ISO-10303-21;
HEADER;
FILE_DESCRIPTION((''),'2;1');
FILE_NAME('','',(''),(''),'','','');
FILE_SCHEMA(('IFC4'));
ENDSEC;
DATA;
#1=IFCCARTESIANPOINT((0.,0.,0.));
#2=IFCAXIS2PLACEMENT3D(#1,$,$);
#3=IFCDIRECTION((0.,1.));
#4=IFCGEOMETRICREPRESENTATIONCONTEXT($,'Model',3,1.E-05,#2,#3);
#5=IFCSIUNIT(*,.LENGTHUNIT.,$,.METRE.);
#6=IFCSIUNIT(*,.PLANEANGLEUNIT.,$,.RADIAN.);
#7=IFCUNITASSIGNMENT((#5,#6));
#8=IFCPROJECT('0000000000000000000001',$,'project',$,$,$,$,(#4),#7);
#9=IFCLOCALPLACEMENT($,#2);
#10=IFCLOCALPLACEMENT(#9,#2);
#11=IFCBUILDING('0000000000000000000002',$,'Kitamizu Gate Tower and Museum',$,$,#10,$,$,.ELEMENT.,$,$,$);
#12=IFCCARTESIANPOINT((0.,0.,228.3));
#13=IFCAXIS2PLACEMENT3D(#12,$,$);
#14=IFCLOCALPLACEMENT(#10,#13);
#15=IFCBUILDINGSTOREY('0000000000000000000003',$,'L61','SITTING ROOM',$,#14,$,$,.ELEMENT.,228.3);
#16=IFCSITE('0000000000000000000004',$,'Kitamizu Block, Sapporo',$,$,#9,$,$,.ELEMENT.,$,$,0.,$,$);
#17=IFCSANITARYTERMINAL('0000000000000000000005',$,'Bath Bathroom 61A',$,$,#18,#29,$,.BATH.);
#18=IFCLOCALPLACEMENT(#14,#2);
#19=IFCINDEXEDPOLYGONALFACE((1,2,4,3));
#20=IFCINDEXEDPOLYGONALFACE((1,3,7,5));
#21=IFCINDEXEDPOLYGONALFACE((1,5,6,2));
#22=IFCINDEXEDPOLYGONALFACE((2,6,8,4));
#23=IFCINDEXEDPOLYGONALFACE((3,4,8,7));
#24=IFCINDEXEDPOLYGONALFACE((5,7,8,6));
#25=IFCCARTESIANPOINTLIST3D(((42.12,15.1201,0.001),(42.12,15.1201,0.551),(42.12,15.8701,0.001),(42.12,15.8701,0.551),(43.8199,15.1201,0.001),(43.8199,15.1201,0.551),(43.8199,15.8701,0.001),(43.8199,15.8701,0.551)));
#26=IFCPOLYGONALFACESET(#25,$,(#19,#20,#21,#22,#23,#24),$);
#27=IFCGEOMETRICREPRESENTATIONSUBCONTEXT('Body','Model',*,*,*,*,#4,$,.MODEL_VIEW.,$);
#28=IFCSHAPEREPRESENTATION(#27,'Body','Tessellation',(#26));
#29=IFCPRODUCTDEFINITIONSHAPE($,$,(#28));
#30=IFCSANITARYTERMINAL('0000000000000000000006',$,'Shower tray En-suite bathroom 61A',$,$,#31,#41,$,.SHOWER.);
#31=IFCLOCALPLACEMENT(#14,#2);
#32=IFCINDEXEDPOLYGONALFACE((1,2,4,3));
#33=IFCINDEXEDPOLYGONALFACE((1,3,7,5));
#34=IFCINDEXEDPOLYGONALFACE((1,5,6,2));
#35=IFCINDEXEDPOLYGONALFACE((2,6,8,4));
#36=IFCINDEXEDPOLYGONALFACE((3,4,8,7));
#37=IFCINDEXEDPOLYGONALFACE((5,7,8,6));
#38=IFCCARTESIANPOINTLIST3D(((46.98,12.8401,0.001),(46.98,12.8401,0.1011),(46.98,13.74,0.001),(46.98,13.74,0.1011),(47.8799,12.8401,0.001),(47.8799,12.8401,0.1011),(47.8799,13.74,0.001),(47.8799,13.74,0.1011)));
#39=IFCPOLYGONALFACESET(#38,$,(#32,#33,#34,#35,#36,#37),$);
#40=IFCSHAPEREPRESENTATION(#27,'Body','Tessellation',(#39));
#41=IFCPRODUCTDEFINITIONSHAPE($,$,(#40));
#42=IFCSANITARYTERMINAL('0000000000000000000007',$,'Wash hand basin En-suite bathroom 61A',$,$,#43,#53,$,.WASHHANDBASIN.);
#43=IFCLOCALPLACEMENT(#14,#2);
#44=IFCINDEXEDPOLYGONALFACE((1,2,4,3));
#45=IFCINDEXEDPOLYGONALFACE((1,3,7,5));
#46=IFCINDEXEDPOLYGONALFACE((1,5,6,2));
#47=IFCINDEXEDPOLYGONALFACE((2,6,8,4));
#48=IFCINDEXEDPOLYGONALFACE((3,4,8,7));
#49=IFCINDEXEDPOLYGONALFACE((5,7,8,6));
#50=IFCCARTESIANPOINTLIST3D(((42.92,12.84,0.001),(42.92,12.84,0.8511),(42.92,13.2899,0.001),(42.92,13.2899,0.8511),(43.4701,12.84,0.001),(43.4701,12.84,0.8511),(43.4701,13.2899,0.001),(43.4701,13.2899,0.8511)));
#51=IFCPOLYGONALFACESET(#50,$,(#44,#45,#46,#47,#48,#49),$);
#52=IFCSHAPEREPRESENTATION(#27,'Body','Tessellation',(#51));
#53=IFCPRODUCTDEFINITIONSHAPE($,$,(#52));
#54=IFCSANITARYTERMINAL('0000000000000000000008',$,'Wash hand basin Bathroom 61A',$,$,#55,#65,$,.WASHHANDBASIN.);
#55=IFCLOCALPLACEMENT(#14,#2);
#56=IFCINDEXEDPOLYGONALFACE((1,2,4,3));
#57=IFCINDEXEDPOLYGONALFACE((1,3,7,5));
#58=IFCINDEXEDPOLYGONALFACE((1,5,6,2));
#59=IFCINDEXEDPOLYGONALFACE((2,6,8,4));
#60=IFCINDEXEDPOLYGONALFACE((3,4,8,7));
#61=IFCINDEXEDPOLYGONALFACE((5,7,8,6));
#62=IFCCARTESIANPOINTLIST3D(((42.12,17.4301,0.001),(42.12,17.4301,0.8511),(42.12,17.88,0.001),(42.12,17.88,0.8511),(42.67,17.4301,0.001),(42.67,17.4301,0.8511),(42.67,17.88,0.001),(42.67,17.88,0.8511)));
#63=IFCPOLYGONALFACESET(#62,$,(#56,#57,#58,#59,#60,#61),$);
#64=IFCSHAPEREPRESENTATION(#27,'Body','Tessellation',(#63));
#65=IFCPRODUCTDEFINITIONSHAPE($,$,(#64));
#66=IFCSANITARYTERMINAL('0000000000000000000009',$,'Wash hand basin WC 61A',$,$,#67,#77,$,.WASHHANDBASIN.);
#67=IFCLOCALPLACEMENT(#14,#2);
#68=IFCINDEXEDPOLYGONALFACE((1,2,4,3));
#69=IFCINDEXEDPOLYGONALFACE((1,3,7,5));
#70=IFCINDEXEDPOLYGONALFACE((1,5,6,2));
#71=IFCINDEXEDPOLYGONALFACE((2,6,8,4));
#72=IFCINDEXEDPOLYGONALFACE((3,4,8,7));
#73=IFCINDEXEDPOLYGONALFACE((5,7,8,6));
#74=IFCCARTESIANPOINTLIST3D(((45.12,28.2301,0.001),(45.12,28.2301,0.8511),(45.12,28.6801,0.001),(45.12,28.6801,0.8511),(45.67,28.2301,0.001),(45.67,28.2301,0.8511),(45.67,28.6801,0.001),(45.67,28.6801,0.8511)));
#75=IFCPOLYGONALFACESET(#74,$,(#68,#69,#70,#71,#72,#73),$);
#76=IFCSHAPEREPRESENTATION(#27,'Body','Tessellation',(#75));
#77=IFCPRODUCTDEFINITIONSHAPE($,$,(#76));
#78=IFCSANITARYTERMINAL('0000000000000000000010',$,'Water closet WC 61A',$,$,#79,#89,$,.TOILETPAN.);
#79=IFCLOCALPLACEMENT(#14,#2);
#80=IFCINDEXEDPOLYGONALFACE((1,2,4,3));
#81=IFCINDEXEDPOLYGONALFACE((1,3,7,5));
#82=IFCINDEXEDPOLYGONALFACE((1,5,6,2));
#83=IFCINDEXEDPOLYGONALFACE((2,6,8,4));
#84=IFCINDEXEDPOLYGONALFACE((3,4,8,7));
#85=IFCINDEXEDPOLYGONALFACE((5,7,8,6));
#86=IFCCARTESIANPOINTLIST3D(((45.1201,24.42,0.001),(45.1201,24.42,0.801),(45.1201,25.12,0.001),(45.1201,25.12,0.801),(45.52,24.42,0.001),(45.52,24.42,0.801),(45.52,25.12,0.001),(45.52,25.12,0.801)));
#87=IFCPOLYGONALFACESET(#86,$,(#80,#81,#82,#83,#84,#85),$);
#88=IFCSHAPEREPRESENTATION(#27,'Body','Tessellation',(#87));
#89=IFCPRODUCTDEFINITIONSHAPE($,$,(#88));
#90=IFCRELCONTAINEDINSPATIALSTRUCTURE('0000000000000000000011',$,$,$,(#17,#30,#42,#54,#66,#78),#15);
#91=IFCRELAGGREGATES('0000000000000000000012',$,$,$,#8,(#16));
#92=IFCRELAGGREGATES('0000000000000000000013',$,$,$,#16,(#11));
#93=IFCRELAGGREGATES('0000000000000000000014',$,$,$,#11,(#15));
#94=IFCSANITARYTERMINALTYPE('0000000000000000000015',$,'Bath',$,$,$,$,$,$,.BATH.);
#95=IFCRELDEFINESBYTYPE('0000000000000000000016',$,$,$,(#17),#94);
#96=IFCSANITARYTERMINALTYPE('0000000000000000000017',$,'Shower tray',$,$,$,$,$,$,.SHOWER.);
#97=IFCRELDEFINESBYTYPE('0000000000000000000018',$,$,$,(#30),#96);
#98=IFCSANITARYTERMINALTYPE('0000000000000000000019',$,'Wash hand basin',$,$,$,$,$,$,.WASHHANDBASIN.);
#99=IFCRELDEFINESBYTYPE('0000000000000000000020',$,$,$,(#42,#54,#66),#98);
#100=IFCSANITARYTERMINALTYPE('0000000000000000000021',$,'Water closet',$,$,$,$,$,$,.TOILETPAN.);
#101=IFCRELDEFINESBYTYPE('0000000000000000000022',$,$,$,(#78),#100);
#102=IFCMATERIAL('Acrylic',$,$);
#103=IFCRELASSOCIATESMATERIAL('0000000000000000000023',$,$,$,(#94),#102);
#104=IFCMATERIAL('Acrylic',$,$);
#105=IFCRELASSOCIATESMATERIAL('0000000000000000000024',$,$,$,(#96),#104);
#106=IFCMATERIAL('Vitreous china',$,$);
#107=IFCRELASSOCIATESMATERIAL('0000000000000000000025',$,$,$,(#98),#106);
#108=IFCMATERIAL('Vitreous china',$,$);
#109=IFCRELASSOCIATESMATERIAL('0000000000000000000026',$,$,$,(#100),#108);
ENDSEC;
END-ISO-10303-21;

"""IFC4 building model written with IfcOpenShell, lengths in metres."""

from ifc_helpers import new_model, si_unit, direction, frame, origin, origin_2d, place, context, subcontext, project, spatial, rectangle, extrude, material, type_object, element, save


model = new_model("IFC4")

# Units and contexts
model_context = context("Model", 3, precision=1e-05, world=origin(), true_north=direction((0.0, 1.0)))
body_context = subcontext(model_context, "Body", "Model", "MODEL_VIEW")
ifc_project = project(units=[si_unit("LENGTHUNIT", "METRE"), si_unit("PLANEANGLEUNIT", "RADIAN")], contexts=[model_context])

# Site, building, storey
site_placement = place(None, origin())
site = spatial("IfcSite", under=ifc_project, at=site_placement, Name="Kitamizu Block, Sapporo", CompositionType="ELEMENT", RefElevation=0.0)
building_placement = place(site_placement, origin())
building = spatial("IfcBuilding", under=site, at=building_placement, Name="Kitamizu Gate Tower and Museum", CompositionType="ELEMENT")
storey_placement = place(building_placement, frame((0.0, 0.0, 228.3)))
storey = spatial("IfcBuildingStorey", under=building, at=storey_placement, Name="L61", Description="SITTING ROOM", CompositionType="ELEMENT", Elevation=228.3)

# Sanitary terminals
ifc_material_1 = material(Name="Acrylic")
sanitary_terminal_type_1 = type_object("IfcSanitaryTerminalType", Name="Bath", PredefinedType="BATH", material=ifc_material_1)
sanitary_terminal_1_placement = place(storey_placement, frame((42.97, 15.4951, 0.001), z_axis=(0.0, 0.0, 1.0), x_axis=(1.0, 0.0, 0.0)))
element("IfcSanitaryTerminal", 1, at=sanitary_terminal_1_placement, inside=storey, type_object=sanitary_terminal_type_1, Name="Bath Bathroom 61A", PredefinedType="BATH", context=body_context, shape_type="SweptSolid", body=[
    extrude(rectangle(XDim=1.7, YDim=0.75, at=origin_2d()), origin(), (0.0, 0.0, 1.0), 0.55),
])
ifc_material_2 = material(Name="Acrylic")
sanitary_terminal_type_2 = type_object("IfcSanitaryTerminalType", Name="Shower tray", PredefinedType="SHOWER", material=ifc_material_2)
sanitary_terminal_2_placement = place(storey_placement, frame((47.4299, 13.29, 0.001), z_axis=(0.0, 0.0, 1.0), x_axis=(1.0, 0.0, 0.0)))
element("IfcSanitaryTerminal", 2, at=sanitary_terminal_2_placement, inside=storey, type_object=sanitary_terminal_type_2, Name="Shower tray En-suite bathroom 61A", PredefinedType="SHOWER", context=body_context, shape_type="SweptSolid", body=[
    extrude(rectangle(XDim=0.8999, YDim=0.8999, at=origin_2d()), origin(), (0.0, 0.0, 1.0), 0.1001),
])
ifc_material_3 = material(Name="Vitreous china")
sanitary_terminal_type_3 = type_object("IfcSanitaryTerminalType", Name="Wash hand basin", PredefinedType="WASHHANDBASIN", material=ifc_material_3)
for number, where, z_axis, x_axis, name in (
    (3, (43.1951, 13.0649, 0.001), (0.0, 0.0, 1.0), (1.0, 0.0, 0.0), "Wash hand basin En-suite bathroom 61A"),
    (4, (42.395, 17.655, 0.001), (0.0, 0.0, 1.0), (1.0, 0.0, 0.0), "Wash hand basin Bathroom 61A"),
    (5, (45.395, 28.4551, 0.001), (0.0, 0.0, 1.0), (1.0, 0.0, 0.0), "Wash hand basin WC 61A"),
):
    element("IfcSanitaryTerminal", number, at=place(storey_placement, frame(where, z_axis=z_axis, x_axis=x_axis)), inside=storey, type_object=sanitary_terminal_type_3, Name=name, PredefinedType="WASHHANDBASIN", context=body_context, shape_type="SweptSolid", body=[
        extrude(rectangle(XDim=0.55, YDim=0.45, at=origin_2d()), origin(), (0.0, 0.0, 1.0), 0.8501),
    ])
ifc_material_4 = material(Name="Vitreous china")
sanitary_terminal_type_4 = type_object("IfcSanitaryTerminalType", Name="Water closet", PredefinedType="TOILETPAN", material=ifc_material_4)
sanitary_terminal_3_placement = place(storey_placement, frame((45.3201, 24.77, 0.001), z_axis=(0.0, 0.0, 1.0), x_axis=(1.0, 0.0, 0.0)))
element("IfcSanitaryTerminal", 6, at=sanitary_terminal_3_placement, inside=storey, type_object=sanitary_terminal_type_4, Name="Water closet WC 61A", PredefinedType="TOILETPAN", context=body_context, shape_type="SweptSolid", body=[
    extrude(rectangle(XDim=0.3999, YDim=0.7, at=origin_2d()), origin(), (0.0, 0.0, 1.0), 0.8),
])

save(model, "model.ifc")
